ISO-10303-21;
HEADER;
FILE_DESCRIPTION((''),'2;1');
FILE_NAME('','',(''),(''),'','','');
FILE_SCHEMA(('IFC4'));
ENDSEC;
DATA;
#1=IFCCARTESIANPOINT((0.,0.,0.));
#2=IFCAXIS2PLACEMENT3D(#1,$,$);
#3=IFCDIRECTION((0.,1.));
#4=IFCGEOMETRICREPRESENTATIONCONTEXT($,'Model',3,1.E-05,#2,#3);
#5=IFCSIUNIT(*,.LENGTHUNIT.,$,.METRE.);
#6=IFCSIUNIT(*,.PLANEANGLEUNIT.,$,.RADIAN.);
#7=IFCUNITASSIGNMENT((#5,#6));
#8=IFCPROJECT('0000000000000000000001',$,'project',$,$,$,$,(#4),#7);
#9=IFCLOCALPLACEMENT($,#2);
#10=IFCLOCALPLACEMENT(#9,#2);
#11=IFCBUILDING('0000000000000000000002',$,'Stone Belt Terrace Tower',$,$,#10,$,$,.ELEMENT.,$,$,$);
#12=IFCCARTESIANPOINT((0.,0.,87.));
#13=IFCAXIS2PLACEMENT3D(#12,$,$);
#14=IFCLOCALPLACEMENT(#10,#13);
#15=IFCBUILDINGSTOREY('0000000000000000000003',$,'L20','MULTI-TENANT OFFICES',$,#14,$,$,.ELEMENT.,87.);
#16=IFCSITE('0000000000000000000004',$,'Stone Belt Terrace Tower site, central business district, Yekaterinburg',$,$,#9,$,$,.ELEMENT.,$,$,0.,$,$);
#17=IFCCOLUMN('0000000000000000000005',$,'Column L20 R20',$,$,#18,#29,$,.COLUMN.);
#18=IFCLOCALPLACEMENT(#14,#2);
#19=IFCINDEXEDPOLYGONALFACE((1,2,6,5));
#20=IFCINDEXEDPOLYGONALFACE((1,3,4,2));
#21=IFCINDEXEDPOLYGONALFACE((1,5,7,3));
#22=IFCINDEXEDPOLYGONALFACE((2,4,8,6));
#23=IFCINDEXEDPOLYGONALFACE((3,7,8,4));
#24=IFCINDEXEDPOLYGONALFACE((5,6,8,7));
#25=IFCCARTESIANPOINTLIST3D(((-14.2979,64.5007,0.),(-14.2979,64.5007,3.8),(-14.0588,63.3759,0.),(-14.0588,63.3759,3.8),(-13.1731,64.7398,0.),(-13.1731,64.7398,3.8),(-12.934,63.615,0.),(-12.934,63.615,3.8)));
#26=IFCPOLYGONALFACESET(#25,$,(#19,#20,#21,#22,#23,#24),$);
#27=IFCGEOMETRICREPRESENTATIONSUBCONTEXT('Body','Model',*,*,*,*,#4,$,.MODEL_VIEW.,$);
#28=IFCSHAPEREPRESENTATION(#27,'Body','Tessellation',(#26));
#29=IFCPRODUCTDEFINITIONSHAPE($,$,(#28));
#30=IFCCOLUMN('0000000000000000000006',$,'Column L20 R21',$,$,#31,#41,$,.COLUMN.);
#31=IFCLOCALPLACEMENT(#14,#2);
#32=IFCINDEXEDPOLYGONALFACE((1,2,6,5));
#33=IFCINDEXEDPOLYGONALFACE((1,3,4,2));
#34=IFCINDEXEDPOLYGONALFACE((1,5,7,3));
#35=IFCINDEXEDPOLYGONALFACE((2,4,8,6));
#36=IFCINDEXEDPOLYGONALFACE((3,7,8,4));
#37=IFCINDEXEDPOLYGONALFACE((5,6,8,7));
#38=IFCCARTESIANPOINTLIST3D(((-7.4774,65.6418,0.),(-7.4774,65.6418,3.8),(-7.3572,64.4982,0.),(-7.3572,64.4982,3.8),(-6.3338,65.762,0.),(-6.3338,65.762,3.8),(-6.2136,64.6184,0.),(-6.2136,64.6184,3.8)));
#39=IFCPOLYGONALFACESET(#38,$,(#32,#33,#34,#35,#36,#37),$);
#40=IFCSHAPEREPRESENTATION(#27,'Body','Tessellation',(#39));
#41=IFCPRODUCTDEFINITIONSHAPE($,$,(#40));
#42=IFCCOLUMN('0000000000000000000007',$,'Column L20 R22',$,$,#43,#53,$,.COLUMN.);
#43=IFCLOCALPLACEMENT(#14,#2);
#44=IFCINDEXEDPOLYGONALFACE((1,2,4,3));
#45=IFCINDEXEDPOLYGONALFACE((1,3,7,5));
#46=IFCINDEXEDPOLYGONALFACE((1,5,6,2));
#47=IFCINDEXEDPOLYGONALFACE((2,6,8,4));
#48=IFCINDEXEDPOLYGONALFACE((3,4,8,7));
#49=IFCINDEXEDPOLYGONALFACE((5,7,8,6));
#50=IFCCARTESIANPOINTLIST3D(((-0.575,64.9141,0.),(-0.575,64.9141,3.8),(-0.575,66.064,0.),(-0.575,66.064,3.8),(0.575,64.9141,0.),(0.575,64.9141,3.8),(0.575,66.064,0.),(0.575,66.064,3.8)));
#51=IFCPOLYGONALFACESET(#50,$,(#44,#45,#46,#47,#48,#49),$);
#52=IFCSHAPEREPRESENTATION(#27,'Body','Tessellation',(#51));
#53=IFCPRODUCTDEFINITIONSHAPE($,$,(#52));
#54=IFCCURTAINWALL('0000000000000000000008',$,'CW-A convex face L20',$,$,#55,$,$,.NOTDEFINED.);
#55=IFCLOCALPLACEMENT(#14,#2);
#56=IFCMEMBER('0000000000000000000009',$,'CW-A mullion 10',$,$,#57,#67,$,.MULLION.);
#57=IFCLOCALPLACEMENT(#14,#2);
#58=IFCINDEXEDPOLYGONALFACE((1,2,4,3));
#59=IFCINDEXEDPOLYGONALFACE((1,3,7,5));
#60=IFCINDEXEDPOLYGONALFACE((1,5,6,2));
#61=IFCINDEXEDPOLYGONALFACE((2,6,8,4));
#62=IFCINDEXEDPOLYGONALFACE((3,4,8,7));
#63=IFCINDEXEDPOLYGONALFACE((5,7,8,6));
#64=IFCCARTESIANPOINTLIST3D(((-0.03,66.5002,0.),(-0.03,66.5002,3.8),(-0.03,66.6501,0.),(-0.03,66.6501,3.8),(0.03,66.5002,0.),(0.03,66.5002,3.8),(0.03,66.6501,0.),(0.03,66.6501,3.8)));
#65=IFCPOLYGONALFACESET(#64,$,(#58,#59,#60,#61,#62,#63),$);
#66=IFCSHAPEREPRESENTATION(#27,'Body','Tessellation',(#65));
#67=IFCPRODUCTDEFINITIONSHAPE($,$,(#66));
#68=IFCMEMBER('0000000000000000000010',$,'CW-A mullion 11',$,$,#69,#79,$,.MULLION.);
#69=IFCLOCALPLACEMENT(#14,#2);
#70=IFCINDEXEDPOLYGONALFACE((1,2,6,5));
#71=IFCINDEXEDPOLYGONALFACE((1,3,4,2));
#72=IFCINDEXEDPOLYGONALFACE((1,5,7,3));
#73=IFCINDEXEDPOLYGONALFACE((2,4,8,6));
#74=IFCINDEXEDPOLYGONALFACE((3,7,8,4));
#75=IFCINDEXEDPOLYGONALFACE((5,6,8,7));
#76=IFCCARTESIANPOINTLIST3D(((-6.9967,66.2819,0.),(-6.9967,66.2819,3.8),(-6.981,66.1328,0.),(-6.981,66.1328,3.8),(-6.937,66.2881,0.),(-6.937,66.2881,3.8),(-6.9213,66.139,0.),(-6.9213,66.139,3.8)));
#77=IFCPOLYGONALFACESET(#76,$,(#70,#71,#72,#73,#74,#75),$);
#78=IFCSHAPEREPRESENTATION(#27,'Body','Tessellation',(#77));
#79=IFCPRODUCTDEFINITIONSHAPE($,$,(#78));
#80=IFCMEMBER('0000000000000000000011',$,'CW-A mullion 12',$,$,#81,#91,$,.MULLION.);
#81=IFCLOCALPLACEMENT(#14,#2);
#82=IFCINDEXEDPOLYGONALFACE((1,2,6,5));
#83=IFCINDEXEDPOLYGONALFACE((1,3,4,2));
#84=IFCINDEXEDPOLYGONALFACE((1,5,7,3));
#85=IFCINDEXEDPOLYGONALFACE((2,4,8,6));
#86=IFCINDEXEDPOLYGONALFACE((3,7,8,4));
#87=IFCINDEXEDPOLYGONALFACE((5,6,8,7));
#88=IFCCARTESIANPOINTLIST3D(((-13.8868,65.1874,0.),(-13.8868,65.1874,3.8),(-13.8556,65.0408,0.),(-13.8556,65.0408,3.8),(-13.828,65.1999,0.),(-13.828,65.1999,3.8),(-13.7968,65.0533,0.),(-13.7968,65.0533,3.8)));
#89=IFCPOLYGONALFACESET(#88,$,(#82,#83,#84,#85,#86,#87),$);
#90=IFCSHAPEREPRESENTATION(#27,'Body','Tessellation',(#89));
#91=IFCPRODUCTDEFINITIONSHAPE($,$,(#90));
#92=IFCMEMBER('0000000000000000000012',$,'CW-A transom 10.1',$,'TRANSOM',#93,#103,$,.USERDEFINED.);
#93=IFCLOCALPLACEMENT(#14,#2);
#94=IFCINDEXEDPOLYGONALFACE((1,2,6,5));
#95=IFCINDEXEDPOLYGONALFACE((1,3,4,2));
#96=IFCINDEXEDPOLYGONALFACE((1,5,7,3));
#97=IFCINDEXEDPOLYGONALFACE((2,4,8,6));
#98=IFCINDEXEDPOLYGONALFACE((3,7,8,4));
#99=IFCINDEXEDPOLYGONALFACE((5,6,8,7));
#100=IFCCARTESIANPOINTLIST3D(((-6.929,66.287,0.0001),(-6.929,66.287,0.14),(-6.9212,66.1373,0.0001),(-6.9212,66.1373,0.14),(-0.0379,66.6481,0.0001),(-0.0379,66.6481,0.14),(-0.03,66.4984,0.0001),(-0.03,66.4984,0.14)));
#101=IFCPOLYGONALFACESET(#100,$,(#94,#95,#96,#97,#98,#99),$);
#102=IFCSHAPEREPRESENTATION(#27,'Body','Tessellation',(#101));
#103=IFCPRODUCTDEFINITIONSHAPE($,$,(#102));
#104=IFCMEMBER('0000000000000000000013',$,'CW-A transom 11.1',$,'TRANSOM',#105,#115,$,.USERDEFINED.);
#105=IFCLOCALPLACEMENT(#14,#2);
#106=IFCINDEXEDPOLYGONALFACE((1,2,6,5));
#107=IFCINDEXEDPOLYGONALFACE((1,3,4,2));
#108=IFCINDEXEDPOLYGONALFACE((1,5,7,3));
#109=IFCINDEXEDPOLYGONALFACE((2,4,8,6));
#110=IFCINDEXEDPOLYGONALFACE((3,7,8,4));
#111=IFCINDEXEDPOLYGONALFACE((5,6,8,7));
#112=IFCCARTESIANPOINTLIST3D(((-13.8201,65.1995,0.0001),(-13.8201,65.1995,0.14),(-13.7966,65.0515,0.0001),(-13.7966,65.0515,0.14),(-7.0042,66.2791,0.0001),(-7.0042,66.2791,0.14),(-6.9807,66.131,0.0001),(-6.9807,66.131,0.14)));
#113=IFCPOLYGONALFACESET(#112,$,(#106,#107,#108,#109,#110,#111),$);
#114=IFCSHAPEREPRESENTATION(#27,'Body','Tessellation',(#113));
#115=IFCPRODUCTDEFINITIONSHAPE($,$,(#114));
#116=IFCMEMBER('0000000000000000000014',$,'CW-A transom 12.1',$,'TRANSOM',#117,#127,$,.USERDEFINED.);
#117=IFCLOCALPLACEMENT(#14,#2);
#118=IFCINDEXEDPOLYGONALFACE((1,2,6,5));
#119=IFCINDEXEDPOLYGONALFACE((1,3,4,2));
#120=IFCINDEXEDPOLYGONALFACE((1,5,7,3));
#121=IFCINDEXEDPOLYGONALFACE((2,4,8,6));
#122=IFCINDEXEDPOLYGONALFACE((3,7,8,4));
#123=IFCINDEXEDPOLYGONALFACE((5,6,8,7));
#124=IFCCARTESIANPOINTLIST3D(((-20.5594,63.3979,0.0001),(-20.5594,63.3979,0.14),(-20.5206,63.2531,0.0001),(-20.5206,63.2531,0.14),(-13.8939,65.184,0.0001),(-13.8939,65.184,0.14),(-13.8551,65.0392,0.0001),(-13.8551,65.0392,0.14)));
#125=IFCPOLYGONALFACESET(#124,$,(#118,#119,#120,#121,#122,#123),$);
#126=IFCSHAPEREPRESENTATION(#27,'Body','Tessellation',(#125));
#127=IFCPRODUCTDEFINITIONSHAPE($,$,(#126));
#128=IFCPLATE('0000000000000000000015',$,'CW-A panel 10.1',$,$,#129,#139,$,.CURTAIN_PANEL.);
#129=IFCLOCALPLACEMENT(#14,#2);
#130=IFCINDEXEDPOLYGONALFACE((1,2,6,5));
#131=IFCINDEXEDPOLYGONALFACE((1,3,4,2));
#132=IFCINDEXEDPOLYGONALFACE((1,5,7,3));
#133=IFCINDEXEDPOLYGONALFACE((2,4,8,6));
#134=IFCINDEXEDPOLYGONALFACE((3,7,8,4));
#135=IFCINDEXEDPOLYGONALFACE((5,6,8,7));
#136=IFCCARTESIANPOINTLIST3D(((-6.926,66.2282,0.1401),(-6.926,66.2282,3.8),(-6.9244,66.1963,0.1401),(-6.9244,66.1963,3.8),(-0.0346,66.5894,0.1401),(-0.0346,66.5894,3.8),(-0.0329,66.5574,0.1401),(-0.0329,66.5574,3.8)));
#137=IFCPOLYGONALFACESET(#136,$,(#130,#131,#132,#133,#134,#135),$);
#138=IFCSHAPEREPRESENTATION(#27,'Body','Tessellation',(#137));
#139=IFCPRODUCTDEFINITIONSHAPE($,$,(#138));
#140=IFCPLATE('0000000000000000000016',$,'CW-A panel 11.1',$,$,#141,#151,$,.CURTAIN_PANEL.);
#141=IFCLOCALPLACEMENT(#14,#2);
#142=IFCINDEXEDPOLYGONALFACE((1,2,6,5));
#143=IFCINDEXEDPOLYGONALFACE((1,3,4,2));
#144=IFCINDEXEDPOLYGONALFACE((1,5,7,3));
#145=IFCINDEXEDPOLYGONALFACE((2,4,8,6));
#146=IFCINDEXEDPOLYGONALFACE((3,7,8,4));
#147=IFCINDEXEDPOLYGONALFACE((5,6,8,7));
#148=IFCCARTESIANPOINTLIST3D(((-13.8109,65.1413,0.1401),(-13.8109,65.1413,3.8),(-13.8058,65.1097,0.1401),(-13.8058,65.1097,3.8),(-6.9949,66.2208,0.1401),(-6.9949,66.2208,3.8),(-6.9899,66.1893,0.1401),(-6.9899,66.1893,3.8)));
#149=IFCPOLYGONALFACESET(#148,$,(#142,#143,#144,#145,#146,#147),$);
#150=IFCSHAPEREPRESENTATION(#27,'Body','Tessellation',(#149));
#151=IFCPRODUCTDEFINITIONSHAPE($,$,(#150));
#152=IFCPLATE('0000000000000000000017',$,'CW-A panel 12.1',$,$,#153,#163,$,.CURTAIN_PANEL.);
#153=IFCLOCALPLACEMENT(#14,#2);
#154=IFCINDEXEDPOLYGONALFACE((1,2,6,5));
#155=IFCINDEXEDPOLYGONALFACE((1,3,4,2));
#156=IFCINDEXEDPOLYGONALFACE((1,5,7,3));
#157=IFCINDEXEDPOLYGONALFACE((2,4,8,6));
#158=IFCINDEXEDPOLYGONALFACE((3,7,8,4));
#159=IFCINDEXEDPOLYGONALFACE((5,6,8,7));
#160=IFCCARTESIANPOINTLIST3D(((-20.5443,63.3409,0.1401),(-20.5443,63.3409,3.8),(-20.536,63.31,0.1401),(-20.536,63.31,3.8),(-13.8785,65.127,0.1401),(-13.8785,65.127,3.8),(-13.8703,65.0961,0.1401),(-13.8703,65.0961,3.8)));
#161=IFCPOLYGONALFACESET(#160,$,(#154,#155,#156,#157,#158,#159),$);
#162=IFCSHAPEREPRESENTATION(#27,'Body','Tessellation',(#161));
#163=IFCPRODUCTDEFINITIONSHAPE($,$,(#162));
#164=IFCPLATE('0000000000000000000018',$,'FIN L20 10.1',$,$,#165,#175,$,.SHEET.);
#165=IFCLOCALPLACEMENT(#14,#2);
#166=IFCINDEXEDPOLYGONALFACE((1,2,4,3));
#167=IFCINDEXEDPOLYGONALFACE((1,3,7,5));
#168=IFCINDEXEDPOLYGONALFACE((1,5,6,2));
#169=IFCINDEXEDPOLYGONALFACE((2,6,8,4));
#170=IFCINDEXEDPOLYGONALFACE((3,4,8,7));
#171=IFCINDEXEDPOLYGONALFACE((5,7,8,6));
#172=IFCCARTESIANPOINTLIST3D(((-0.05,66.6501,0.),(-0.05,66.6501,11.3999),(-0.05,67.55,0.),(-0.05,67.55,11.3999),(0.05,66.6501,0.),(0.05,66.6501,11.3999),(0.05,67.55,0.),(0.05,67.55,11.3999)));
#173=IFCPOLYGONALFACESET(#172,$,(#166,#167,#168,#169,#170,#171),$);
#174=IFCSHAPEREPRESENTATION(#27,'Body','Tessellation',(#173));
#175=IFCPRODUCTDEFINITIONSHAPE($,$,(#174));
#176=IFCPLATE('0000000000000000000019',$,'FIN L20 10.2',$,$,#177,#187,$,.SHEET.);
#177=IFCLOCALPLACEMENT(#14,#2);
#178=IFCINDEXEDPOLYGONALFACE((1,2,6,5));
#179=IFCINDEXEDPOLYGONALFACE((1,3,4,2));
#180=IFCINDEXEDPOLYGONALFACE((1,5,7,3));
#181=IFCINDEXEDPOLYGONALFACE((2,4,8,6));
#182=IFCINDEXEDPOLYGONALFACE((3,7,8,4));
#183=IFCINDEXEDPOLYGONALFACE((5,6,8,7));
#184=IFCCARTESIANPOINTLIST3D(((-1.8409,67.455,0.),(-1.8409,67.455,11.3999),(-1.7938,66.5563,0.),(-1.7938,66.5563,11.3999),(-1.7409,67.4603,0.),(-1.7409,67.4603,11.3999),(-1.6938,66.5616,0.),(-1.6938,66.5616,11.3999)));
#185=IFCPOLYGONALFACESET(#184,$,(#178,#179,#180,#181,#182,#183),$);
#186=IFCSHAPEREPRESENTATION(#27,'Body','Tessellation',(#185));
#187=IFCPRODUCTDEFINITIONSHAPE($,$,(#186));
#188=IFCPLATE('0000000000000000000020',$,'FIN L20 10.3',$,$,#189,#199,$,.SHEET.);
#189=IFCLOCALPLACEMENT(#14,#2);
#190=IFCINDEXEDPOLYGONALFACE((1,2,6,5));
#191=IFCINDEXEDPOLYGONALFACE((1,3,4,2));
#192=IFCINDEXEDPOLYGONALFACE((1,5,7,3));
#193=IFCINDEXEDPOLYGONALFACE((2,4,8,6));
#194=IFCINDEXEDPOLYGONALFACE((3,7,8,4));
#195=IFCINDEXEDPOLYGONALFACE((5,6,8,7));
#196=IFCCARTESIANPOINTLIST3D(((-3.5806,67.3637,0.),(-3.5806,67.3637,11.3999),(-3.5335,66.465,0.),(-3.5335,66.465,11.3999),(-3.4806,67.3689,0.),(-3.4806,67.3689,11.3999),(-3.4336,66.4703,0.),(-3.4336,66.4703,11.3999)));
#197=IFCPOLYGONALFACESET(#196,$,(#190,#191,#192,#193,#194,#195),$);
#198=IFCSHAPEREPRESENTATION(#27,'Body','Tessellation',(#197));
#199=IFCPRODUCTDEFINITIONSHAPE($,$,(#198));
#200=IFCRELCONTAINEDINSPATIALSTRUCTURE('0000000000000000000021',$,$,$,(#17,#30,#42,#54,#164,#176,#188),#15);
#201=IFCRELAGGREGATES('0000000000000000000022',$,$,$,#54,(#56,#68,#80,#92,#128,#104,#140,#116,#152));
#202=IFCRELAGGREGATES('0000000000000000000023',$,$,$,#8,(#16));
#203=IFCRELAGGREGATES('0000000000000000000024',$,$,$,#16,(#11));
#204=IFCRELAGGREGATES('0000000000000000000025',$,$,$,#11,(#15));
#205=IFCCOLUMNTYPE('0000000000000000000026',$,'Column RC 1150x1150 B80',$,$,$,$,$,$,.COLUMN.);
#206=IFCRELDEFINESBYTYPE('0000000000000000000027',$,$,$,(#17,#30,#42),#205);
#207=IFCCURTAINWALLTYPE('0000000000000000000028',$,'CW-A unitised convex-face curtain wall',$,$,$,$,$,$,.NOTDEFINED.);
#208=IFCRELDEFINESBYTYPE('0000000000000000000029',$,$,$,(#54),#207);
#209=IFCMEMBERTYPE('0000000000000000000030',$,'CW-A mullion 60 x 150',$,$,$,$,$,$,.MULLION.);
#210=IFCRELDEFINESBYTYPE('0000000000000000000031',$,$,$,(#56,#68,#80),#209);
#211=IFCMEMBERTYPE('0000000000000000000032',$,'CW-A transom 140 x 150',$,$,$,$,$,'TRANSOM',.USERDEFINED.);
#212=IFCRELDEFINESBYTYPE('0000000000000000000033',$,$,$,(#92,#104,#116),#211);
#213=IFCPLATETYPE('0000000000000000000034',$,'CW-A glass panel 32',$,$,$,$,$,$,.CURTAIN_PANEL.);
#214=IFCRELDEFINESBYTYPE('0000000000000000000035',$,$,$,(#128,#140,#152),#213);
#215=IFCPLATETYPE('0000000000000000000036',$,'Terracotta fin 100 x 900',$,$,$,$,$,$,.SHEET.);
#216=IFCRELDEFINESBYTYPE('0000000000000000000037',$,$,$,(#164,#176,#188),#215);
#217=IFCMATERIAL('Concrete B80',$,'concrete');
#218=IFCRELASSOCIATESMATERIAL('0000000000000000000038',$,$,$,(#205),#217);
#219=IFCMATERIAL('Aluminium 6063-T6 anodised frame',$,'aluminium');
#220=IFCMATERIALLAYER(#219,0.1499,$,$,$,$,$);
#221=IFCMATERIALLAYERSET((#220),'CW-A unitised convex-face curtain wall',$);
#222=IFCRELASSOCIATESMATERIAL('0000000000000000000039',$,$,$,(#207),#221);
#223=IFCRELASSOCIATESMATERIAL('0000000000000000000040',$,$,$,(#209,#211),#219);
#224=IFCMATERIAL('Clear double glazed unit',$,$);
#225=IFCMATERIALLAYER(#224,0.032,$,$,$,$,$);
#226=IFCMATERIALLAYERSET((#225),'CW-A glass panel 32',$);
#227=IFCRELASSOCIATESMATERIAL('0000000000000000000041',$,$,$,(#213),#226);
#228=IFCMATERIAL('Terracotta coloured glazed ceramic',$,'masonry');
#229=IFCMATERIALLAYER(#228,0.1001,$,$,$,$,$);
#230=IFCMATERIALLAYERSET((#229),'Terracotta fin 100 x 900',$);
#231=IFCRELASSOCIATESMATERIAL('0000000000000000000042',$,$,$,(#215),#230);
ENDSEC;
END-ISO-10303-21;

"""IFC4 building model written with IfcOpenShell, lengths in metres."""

from ifc_helpers import new_model, si_unit, direction, frame, origin, origin_2d, place, context, subcontext, project, spatial, rectangle, extrude, material, layer, layer_set, material_profile, profile_set, type_object, element, aggregate, save


model = new_model("IFC4")

# Units and contexts
model_context = context("Model", 3, precision=1e-05, world=origin(), true_north=direction((0.0, 1.0)))
body_context = subcontext(model_context, "Body", "Model", "MODEL_VIEW")
ifc_project = project(units=[si_unit("LENGTHUNIT", "METRE"), si_unit("PLANEANGLEUNIT", "RADIAN")], contexts=[model_context])

# Site, building, storey
site_placement = place(None, origin())
site = spatial("IfcSite", under=ifc_project, at=site_placement, Name="Stone Belt Terrace Tower site, central business district, Yekaterinburg", CompositionType="ELEMENT", RefElevation=0.0)
building_placement = place(site_placement, origin())
building = spatial("IfcBuilding", under=site, at=building_placement, Name="Stone Belt Terrace Tower", CompositionType="ELEMENT")
storey_placement = place(building_placement, frame((0.0, 0.0, 87.0)))
storey = spatial("IfcBuildingStorey", under=building, at=storey_placement, Name="L20", Description="MULTI-TENANT OFFICES", CompositionType="ELEMENT", Elevation=87.0)

# Columns
ifc_material_1 = material(Name="Concrete B80", Category="concrete")
ifc_material_profile_1 = material_profile(ifc_material_1, rectangle(XDim=1.1499, YDim=1.1499, at=origin_2d()), Name="RC 1150x1150")
ifc_profile_set_1 = profile_set([ifc_material_profile_1], Name="Concrete B80")
column_type = type_object("IfcColumnType", Name="Column RC 1150x1150 B80", PredefinedType="COLUMN", material=ifc_profile_set_1)
for number, where, z_axis, x_axis, name in (
    (1, (-13.616, 64.0579, 0.0), (0.0, 0.0, 1.0), (0.978148, 0.207912, 0.0), "Column L20 R20"),
    (2, (-6.8455, 65.1301, 0.0), (0.0, 0.0, 1.0), (0.994522, 0.104528, 0.0), "Column L20 R21"),
    (3, (0.0, 65.489, 0.0), (0.0, 0.0, 1.0), (1.0, 0.0, 0.0), "Column L20 R22"),
):
    element("IfcColumn", number, at=place(storey_placement, frame(where, z_axis=z_axis, x_axis=x_axis)), inside=storey, type_object=column_type, Name=name, PredefinedType="COLUMN", context=body_context, shape_type="SweptSolid", body=[
        extrude(rectangle(XDim=1.1499, YDim=1.1499, at=origin_2d()), origin(), (0.0, 0.0, 1.0), 3.8),
    ])

# Curtain wall, members, plates
ifc_material_2 = material(Name="Aluminium 6063-T6 anodised frame", Category="aluminium")
ifc_layer_1 = layer(ifc_material_2, 0.1499)
ifc_layer_set_1 = layer_set([ifc_layer_1], Name="CW-A unitised convex-face curtain wall")
curtain_wall_type = type_object("IfcCurtainWallType", Name="CW-A unitised convex-face curtain wall", PredefinedType="NOTDEFINED", material=ifc_layer_set_1)
curtain_wall_placement = place(storey_placement, origin())
curtain_wall = element("IfcCurtainWall", 4, at=curtain_wall_placement, inside=storey, type_object=curtain_wall_type, Name="CW-A convex face L20", PredefinedType="NOTDEFINED")
ifc_material_profile_2 = material_profile(ifc_material_2, rectangle(XDim=0.1499, YDim=0.0601, at=origin_2d()), Name="Aluminium 6063-T6 60x150")
ifc_profile_set_2 = profile_set([ifc_material_profile_2], Name="Aluminium 6063-T6 anodised frame")
member_type_1 = type_object("IfcMemberType", Name="CW-A mullion 60 x 150", PredefinedType="MULLION", material=ifc_profile_set_2)
member_1_placement = place(storey_placement, frame((0.0, 66.5752, 0.0), z_axis=(0.0, 0.0, 1.0), x_axis=(0.0, -1.0, 0.0)))
member_1 = element("IfcMember", 5, at=member_1_placement, type_object=member_type_1, Name="CW-A mullion 10", PredefinedType="MULLION", context=body_context, shape_type="SweptSolid", body=[
    extrude(rectangle(XDim=0.1499, YDim=0.0601, at=origin_2d()), origin(), (0.0, 0.0, 1.0), 3.8),
])
member_2_placement = place(storey_placement, frame((-6.959, 66.2104, 0.0), z_axis=(0.0, 0.0, 1.0), x_axis=(0.104528, -0.994522, 0.0)))
member_2 = element("IfcMember", 6, at=member_2_placement, type_object=member_type_1, Name="CW-A mullion 11", PredefinedType="MULLION", context=body_context, shape_type="SweptSolid", body=[
    extrude(rectangle(XDim=0.1499, YDim=0.0601, at=origin_2d()), origin(), (0.0, 0.0, 1.0), 3.8),
])
member_3_placement = place(storey_placement, frame((-13.8418, 65.1204, 0.0), z_axis=(0.0, 0.0, 1.0), x_axis=(0.207912, -0.978148, 0.0)))
member_3 = element("IfcMember", 7, at=member_3_placement, type_object=member_type_1, Name="CW-A mullion 12", PredefinedType="MULLION", context=body_context, shape_type="SweptSolid", body=[
    extrude(rectangle(XDim=0.1499, YDim=0.0601, at=origin_2d()), origin(), (0.0, 0.0, 1.0), 3.8),
])
ifc_material_profile_3 = material_profile(ifc_material_2, rectangle(XDim=0.1499, YDim=0.1399, at=origin_2d()), Name="Aluminium 6063-T6 150x140")
ifc_profile_set_3 = profile_set([ifc_material_profile_3], Name="Aluminium 6063-T6 anodised frame")
member_type_2 = type_object("IfcMemberType", Name="CW-A transom 140 x 150", ElementType="TRANSOM", PredefinedType="USERDEFINED", material=ifc_profile_set_3)
member_4_placement = place(storey_placement, frame((-0.0339, 66.5732, 0.0701), z_axis=(-0.99863, -0.052327, 0.0), x_axis=(0.052327, -0.99863, 0.0)))
member_4 = element("IfcMember", 8, at=member_4_placement, type_object=member_type_2, Name="CW-A transom 10.1", ObjectType="TRANSOM", PredefinedType="USERDEFINED", context=body_context, shape_type="SweptSolid", body=[
    extrude(rectangle(XDim=0.1499, YDim=0.1399, at=origin_2d()), origin(), (0.0, 0.0, 1.0), 6.9006),
])
member_5_placement = place(storey_placement, frame((-6.9924, 66.2051, 0.0701), z_axis=(-0.987687, -0.156442, 0.0), x_axis=(0.156442, -0.987687, 0.0)))
member_5 = element("IfcMember", 9, at=member_5_placement, type_object=member_type_2, Name="CW-A transom 11.1", ObjectType="TRANSOM", PredefinedType="USERDEFINED", context=body_context, shape_type="SweptSolid", body=[
    extrude(rectangle(XDim=0.1499, YDim=0.1399, at=origin_2d()), origin(), (0.0, 0.0, 1.0), 6.9009),
])
member_6_placement = place(storey_placement, frame((-13.8745, 65.1116, 0.0701), z_axis=(-0.965922, -0.258834, 0.0), x_axis=(0.258834, -0.965922, 0.0)))
member_6 = element("IfcMember", 10, at=member_6_placement, type_object=member_type_2, Name="CW-A transom 12.1", ObjectType="TRANSOM", PredefinedType="USERDEFINED", context=body_context, shape_type="SweptSolid", body=[
    extrude(rectangle(XDim=0.1499, YDim=0.1399, at=origin_2d()), origin(), (0.0, 0.0, 1.0), 6.9006),
])
ifc_material_3 = material(Name="Clear double glazed unit")
ifc_layer_2 = layer(ifc_material_3, 0.032)
ifc_layer_set_2 = layer_set([ifc_layer_2], Name="CW-A glass panel 32")
plate_type_1 = type_object("IfcPlateType", Name="CW-A glass panel 32", PredefinedType="CURTAIN_PANEL", material=ifc_layer_set_2)
plate_1_placement = place(storey_placement, frame((-3.4795, 66.3928, 0.1401), z_axis=(0.0, 0.0, 1.0), x_axis=(-0.99863, -0.052336, 0.0)))
plate_1 = element("IfcPlate", 11, at=plate_1_placement, type_object=plate_type_1, Name="CW-A panel 10.1", PredefinedType="CURTAIN_PANEL", context=body_context, shape_type="SweptSolid", body=[
    extrude(rectangle(XDim=6.9009, YDim=0.032, at=origin_2d()), origin(), (0.0, 0.0, 1.0), 3.6599),
])
plate_2_placement = place(storey_placement, frame((-10.4004, 65.6653, 0.1401), z_axis=(0.0, 0.0, 1.0), x_axis=(-0.987688, -0.156434, 0.0)))
plate_2 = element("IfcPlate", 12, at=plate_2_placement, type_object=plate_type_1, Name="CW-A panel 11.1", PredefinedType="CURTAIN_PANEL", context=body_context, shape_type="SweptSolid", body=[
    extrude(rectangle(XDim=6.9009, YDim=0.032, at=origin_2d()), origin(), (0.0, 0.0, 1.0), 3.6599),
])
plate_3_placement = place(storey_placement, frame((-17.2073, 64.2185, 0.1401), z_axis=(0.0, 0.0, 1.0), x_axis=(-0.965926, -0.258819, 0.0)))
plate_3 = element("IfcPlate", 13, at=plate_3_placement, type_object=plate_type_1, Name="CW-A panel 12.1", PredefinedType="CURTAIN_PANEL", context=body_context, shape_type="SweptSolid", body=[
    extrude(rectangle(XDim=6.9009, YDim=0.032, at=origin_2d()), origin(), (0.0, 0.0, 1.0), 3.6599),
])
aggregate(curtain_wall, [member_1, member_2, member_3, member_4, plate_1, member_5, plate_2, member_6, plate_3])

# Plates
ifc_material_4 = material(Name="Terracotta coloured glazed ceramic", Category="masonry")
ifc_layer_3 = layer(ifc_material_4, 0.1001)
ifc_layer_set_3 = layer_set([ifc_layer_3], Name="Terracotta fin 100 x 900")
plate_type_2 = type_object("IfcPlateType", Name="Terracotta fin 100 x 900", PredefinedType="SHEET", material=ifc_layer_set_3)
for number, where, z_axis, x_axis, name in (
    (14, (0.0, 67.1001, 0.0), (0.0, 0.0, 1.0), (0.0, 1.0, 0.0), "FIN L20 10.1"),
    (15, (-1.7673, 67.0083, 0.0), (0.0, 0.0, 1.0), (-0.052336, 0.99863, 0.0), "FIN L20 10.2"),
    (16, (-3.5071, 66.917, 0.0), (0.0, 0.0, 1.0), (-0.052336, 0.99863, 0.0), "FIN L20 10.3"),
):
    element("IfcPlate", number, at=place(storey_placement, frame(where, z_axis=z_axis, x_axis=x_axis)), inside=storey, type_object=plate_type_2, Name=name, PredefinedType="SHEET", context=body_context, shape_type="SweptSolid", body=[
        extrude(rectangle(XDim=0.8999, YDim=0.1001, at=origin_2d()), origin(), (0.0, 0.0, 1.0), 11.3999),
    ])

save(model, "model.ifc")
